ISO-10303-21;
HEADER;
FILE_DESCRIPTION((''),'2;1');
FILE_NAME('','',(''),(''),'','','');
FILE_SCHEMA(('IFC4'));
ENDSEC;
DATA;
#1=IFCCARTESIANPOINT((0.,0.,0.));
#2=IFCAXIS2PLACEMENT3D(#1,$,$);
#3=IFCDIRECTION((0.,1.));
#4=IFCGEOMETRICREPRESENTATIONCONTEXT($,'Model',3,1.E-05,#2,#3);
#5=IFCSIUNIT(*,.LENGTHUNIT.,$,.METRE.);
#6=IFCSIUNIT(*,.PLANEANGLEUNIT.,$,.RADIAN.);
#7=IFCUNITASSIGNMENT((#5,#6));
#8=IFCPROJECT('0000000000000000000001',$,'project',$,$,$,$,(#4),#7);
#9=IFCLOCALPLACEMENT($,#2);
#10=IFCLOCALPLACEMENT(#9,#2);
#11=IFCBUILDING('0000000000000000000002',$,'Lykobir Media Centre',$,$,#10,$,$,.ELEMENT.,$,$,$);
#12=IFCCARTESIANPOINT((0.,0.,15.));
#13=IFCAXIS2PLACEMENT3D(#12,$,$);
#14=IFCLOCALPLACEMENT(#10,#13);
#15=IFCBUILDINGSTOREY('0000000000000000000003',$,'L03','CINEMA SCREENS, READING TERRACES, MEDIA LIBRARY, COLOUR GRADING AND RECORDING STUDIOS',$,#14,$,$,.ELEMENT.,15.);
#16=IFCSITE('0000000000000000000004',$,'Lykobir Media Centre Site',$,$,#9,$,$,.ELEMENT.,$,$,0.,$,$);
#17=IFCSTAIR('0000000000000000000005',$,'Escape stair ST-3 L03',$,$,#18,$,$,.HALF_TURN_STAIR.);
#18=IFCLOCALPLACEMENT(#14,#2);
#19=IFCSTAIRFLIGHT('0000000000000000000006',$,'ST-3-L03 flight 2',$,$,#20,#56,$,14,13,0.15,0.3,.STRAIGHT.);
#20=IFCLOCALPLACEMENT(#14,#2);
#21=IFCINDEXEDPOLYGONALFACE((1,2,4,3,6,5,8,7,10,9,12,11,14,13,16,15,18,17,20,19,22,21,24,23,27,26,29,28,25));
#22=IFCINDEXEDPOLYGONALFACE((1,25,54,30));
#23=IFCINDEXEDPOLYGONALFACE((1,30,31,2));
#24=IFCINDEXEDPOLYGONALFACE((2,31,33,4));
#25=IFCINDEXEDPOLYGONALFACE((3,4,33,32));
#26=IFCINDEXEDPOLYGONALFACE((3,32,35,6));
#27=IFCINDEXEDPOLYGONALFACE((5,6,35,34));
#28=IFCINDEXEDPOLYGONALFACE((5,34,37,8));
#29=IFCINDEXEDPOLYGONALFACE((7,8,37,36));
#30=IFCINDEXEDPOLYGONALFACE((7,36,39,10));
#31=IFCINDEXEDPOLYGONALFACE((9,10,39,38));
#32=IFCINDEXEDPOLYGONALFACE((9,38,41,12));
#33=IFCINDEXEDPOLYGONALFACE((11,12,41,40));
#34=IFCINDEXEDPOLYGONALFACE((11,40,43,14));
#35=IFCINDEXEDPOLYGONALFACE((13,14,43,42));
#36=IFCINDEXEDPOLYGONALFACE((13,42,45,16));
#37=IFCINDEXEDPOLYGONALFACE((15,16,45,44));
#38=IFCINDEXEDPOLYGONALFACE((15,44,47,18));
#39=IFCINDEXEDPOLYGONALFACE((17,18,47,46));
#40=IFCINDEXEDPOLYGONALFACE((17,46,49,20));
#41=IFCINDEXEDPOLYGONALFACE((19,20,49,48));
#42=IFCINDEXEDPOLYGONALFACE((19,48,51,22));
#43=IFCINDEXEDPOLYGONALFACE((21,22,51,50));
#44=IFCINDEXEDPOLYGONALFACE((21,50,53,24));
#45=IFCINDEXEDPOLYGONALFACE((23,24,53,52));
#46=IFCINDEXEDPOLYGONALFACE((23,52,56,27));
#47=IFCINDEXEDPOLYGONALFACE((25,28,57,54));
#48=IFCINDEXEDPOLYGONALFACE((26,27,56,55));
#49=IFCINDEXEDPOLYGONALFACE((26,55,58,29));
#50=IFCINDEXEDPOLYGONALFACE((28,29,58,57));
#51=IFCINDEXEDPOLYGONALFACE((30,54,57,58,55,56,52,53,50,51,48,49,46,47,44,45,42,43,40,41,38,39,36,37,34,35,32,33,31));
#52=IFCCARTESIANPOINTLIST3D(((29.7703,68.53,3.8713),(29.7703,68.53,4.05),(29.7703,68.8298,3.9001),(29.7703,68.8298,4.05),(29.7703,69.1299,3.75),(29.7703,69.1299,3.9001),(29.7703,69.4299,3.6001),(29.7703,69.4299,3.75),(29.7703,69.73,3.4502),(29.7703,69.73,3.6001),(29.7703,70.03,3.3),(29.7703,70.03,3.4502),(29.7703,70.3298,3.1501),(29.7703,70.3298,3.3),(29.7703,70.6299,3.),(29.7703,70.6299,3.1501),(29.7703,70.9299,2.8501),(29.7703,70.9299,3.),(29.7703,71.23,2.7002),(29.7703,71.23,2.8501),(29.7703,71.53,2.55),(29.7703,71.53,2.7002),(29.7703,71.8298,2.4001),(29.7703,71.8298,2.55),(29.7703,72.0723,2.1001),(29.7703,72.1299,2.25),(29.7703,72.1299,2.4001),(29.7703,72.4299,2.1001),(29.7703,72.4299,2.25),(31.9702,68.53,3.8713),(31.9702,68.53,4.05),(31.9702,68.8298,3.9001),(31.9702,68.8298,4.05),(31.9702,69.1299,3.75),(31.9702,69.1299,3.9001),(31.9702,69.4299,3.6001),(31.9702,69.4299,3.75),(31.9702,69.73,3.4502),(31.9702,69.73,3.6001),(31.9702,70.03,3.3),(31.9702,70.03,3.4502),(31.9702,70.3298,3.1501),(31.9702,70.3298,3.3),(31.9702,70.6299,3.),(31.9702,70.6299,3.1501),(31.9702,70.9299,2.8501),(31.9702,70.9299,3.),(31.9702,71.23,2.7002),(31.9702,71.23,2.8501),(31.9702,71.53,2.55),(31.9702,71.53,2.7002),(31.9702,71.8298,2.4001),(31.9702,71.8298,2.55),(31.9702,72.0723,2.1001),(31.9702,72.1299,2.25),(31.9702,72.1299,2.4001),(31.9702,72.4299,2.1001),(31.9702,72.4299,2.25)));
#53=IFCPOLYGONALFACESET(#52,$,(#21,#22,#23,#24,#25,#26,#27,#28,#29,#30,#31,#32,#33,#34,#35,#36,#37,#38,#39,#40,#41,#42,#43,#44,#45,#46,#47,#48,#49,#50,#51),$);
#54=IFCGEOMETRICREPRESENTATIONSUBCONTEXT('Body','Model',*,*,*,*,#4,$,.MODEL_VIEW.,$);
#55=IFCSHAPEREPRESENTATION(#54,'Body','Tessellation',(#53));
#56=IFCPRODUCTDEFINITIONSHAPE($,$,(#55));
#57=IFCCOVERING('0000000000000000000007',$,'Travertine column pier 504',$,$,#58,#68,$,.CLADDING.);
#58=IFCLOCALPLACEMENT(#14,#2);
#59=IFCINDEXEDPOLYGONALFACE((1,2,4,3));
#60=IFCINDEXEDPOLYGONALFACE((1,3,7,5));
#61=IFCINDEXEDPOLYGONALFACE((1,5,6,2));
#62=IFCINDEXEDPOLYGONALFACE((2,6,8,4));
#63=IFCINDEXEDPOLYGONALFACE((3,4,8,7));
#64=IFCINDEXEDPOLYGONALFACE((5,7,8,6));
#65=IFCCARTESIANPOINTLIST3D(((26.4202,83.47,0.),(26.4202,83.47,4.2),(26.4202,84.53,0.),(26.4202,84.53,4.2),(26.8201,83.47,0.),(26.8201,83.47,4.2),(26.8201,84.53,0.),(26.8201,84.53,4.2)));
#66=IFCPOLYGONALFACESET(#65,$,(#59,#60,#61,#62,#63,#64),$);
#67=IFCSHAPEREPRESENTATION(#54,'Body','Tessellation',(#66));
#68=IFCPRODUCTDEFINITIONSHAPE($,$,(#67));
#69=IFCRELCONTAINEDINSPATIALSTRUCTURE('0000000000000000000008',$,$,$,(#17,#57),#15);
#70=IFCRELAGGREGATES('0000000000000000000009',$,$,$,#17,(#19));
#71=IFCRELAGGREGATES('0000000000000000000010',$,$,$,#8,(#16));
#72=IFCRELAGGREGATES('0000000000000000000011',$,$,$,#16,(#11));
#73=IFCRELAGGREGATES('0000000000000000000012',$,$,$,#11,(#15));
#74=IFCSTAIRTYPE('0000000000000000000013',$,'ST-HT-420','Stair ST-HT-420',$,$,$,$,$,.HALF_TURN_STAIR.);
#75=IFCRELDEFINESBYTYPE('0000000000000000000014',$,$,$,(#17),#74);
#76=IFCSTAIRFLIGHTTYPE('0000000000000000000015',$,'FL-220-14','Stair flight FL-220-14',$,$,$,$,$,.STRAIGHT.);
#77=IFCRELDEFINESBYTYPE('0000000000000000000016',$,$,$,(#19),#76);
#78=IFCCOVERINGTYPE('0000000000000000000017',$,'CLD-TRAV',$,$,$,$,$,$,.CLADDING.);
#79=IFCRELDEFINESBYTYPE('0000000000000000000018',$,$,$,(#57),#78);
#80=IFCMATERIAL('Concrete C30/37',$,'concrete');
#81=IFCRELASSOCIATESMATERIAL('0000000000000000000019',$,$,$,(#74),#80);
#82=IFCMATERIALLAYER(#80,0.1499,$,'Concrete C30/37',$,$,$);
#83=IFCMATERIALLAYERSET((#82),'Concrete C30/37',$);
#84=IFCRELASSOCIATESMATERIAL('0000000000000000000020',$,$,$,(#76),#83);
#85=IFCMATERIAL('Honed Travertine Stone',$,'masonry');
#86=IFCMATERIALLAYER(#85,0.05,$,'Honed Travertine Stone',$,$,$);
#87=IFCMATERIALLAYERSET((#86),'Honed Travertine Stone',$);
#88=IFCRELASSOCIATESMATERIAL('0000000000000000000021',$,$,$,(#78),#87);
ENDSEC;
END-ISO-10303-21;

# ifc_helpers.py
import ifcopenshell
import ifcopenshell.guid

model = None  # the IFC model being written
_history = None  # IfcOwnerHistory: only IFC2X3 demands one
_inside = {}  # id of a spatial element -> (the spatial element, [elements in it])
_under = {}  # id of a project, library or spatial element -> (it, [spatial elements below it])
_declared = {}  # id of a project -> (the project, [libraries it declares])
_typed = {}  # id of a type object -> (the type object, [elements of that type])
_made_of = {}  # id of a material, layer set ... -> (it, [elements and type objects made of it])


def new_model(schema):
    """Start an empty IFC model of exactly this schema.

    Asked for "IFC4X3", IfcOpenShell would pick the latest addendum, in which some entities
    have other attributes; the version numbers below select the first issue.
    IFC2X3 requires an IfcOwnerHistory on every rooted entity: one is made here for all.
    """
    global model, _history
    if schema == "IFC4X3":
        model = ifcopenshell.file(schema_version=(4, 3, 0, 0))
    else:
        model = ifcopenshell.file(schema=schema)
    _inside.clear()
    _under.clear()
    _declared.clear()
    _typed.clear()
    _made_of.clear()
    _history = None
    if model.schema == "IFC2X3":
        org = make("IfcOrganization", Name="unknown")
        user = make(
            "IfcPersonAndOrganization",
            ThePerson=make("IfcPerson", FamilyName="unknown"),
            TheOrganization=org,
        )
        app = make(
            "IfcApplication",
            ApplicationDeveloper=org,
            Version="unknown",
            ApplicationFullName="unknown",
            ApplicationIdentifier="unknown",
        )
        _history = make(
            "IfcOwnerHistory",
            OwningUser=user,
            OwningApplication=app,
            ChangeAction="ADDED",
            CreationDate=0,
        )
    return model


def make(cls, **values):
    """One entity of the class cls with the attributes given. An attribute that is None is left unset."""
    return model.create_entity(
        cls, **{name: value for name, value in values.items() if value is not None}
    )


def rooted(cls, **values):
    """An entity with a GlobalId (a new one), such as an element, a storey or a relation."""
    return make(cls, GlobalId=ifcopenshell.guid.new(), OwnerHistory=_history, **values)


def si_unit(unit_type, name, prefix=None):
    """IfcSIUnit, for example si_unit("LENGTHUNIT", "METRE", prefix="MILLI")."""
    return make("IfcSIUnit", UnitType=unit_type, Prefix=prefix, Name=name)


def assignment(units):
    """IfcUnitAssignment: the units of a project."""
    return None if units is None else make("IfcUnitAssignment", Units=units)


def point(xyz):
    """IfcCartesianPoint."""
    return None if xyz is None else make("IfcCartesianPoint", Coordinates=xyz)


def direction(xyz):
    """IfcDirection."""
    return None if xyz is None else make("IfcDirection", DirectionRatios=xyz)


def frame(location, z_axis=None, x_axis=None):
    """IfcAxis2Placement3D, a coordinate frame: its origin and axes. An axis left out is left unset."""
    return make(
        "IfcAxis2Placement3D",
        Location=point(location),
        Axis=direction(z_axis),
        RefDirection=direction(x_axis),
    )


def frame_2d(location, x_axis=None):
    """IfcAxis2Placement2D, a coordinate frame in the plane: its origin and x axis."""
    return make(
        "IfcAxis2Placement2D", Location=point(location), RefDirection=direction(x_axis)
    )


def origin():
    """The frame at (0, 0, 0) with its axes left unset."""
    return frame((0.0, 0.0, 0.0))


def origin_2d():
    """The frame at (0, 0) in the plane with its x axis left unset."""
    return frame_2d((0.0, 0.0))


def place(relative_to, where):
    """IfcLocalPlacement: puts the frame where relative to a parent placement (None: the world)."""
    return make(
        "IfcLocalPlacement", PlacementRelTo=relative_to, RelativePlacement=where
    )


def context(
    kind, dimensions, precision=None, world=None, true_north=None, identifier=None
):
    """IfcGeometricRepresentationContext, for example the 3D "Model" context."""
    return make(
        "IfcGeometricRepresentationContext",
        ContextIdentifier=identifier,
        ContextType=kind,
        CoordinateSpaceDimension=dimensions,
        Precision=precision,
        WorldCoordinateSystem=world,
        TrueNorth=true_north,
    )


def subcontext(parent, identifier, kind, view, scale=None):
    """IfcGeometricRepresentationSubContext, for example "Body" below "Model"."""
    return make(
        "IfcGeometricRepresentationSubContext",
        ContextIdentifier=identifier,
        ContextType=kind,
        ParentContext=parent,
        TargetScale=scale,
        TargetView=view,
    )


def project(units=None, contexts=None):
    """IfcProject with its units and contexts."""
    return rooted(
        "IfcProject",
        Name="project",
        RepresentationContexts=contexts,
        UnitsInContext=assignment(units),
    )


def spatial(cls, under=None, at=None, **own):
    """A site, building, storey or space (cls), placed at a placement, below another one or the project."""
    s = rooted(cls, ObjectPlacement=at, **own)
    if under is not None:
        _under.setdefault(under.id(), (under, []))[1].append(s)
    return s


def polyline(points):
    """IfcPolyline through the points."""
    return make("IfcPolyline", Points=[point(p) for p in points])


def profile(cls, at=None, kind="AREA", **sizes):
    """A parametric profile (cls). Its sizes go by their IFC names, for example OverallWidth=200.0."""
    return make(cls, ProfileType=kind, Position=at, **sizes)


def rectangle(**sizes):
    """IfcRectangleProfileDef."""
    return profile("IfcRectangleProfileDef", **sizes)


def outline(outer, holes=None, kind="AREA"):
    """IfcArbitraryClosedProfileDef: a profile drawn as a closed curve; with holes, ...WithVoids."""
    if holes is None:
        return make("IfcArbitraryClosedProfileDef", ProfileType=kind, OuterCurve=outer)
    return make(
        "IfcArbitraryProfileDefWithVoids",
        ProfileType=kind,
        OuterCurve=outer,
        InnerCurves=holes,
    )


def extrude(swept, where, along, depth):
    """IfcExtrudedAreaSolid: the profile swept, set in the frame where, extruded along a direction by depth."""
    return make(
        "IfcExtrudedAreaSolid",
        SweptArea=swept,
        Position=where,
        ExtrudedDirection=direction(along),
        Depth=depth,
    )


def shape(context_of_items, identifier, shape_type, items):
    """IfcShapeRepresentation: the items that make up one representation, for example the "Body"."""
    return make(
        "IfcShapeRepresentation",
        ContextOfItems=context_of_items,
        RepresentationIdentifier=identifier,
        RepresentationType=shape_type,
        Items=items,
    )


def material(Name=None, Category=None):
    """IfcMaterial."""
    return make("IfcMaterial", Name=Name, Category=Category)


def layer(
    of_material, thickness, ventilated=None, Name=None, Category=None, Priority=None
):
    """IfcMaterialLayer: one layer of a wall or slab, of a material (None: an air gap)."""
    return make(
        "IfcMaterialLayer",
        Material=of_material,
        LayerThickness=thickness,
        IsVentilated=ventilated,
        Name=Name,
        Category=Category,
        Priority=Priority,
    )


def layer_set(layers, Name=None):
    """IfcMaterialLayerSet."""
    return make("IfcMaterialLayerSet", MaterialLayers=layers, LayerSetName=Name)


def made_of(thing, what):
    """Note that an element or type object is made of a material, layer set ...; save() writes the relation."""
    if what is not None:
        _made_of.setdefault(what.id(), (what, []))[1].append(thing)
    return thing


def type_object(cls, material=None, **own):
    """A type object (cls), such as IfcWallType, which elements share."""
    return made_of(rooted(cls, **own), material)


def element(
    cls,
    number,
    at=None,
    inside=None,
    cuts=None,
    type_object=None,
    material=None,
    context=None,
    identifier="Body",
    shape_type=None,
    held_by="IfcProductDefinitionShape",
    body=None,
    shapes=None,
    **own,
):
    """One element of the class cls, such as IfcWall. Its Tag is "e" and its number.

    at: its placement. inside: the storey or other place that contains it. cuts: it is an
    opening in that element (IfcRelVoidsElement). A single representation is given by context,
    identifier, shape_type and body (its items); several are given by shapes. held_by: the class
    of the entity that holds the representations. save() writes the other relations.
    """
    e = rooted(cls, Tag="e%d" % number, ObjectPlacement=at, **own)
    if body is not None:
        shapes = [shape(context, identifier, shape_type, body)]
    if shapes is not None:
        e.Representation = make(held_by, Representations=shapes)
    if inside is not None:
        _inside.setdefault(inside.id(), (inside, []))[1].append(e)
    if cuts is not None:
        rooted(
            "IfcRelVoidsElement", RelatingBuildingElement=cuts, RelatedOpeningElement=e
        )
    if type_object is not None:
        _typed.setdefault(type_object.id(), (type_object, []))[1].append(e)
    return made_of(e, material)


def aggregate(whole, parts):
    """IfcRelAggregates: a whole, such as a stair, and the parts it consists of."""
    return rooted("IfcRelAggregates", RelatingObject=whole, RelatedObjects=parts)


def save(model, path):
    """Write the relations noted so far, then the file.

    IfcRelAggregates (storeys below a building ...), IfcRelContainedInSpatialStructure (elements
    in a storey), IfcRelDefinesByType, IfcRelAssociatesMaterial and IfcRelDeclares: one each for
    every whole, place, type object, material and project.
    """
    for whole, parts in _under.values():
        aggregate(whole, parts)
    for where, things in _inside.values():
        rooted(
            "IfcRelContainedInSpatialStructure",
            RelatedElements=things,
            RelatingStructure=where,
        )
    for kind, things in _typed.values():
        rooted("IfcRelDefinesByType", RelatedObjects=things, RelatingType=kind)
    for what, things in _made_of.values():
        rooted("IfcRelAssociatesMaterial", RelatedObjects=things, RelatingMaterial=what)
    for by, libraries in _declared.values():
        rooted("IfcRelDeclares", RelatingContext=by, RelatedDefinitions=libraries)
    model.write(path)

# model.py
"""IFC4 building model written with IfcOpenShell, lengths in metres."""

from ifc_helpers import new_model, si_unit, direction, frame, origin, origin_2d, place, context, subcontext, project, spatial, polyline, rectangle, outline, extrude, material, layer, layer_set, type_object, element, aggregate, save


model = new_model("IFC4")

# Units and contexts
model_context = context("Model", 3, precision=1e-05, world=origin(), true_north=direction((0.0, 1.0)))
body_context = subcontext(model_context, "Body", "Model", "MODEL_VIEW")
ifc_project = project(units=[si_unit("LENGTHUNIT", "METRE"), si_unit("PLANEANGLEUNIT", "RADIAN")], contexts=[model_context])

# Site, building, storey
site_placement = place(None, origin())
site = spatial("IfcSite", under=ifc_project, at=site_placement, Name="Lykobir Media Centre Site", CompositionType="ELEMENT", RefElevation=0.0)
building_placement = place(site_placement, origin())
building = spatial("IfcBuilding", under=site, at=building_placement, Name="Lykobir Media Centre", CompositionType="ELEMENT")
storey_placement = place(building_placement, frame((0.0, 0.0, 15.0)))
storey = spatial("IfcBuildingStorey", under=building, at=storey_placement, Name="L03", Description="CINEMA SCREENS, READING TERRACES, MEDIA LIBRARY, COLOUR GRADING AND RECORDING STUDIOS", CompositionType="ELEMENT", Elevation=15.0)

# Shared definitions
ifc_material_1 = material(Name="Concrete C30/37", Category="concrete")

# Stair, stair flight
stair_type = type_object("IfcStairType", Name="ST-HT-420", Description="Stair ST-HT-420", PredefinedType="HALF_TURN_STAIR", material=ifc_material_1)
stair_placement = place(storey_placement, origin())
stair = element("IfcStair", 1, at=stair_placement, inside=storey, type_object=stair_type, Name="Escape stair ST-3 L03", PredefinedType="HALF_TURN_STAIR")
ifc_layer_1 = layer(ifc_material_1, 0.1499, Name="Concrete C30/37")
ifc_layer_set_1 = layer_set([ifc_layer_1], Name="Concrete C30/37")
stair_flight_type = type_object("IfcStairFlightType", Name="FL-220-14", Description="Stair flight FL-220-14", PredefinedType="STRAIGHT", material=ifc_layer_set_1)
stair_flight_placement = place(storey_placement, frame((30.8701, 72.4299, 2.1001), z_axis=(0.0, 0.0, 1.0), x_axis=(0.0, -1.0, 0.0)))
stair_flight = element("IfcStairFlight", 2, at=stair_flight_placement, type_object=stair_flight_type, Name="ST-3-L03 flight 2", NumberOfRisers=14, NumberOfTreads=13, PredefinedType="STRAIGHT", RiserHeight=0.15, TreadLength=0.3, context=body_context, shape_type="SweptSolid", body=[
    extrude(outline(polyline([(0.0, 0.0), (0.0, 0.1499), (0.3, 0.1499), (0.3, 0.3), (0.6001, 0.3), (0.6001, 0.45), (0.8999, 0.45), (0.8999, 0.6001), (1.2, 0.6001), (1.2, 0.75), (1.5, 0.75), (1.5, 0.8999), (1.8, 0.8999), (1.8, 1.05), (2.1001, 1.05), (2.1001, 1.2), (2.3999, 1.2), (2.3999, 1.3501), (2.7, 1.3501), (2.7, 1.5), (3.0, 1.5), (3.0, 1.6499), (3.3, 1.6499), (3.3, 1.8), (3.6001, 1.8), (3.6001, 1.95), (3.8999, 1.95), (3.8999, 2.1001), (3.8999, 1.7712), (0.3577, 0.0), (0.0, 0.0)])), frame((0.0, 1.1001, 0.0), z_axis=(0.0, -1.0, 0.0), x_axis=(1.0, 0.0, 0.0)), (0.0, 0.0, 1.0), 2.2),
])
aggregate(stair, [stair_flight])

# Covering
ifc_material_2 = material(Name="Honed Travertine Stone", Category="masonry")
ifc_layer_2 = layer(ifc_material_2, 0.05, Name="Honed Travertine Stone")
ifc_layer_set_2 = layer_set([ifc_layer_2], Name="Honed Travertine Stone")
covering_type = type_object("IfcCoveringType", Name="CLD-TRAV", PredefinedType="CLADDING", material=ifc_layer_set_2)
covering_placement = place(storey_placement, frame((26.6201, 84.0, 0.0), z_axis=(0.0, 0.0, 1.0), x_axis=(0.0, -1.0, 0.0)))
element("IfcCovering", 3, at=covering_placement, inside=storey, type_object=covering_type, Name="Travertine column pier 504", PredefinedType="CLADDING", context=body_context, shape_type="SweptSolid", body=[
    extrude(rectangle(XDim=1.0601, YDim=0.3999, at=origin_2d()), origin(), (0.0, 0.0, 1.0), 4.2),
])

save(model, "model.ifc")
